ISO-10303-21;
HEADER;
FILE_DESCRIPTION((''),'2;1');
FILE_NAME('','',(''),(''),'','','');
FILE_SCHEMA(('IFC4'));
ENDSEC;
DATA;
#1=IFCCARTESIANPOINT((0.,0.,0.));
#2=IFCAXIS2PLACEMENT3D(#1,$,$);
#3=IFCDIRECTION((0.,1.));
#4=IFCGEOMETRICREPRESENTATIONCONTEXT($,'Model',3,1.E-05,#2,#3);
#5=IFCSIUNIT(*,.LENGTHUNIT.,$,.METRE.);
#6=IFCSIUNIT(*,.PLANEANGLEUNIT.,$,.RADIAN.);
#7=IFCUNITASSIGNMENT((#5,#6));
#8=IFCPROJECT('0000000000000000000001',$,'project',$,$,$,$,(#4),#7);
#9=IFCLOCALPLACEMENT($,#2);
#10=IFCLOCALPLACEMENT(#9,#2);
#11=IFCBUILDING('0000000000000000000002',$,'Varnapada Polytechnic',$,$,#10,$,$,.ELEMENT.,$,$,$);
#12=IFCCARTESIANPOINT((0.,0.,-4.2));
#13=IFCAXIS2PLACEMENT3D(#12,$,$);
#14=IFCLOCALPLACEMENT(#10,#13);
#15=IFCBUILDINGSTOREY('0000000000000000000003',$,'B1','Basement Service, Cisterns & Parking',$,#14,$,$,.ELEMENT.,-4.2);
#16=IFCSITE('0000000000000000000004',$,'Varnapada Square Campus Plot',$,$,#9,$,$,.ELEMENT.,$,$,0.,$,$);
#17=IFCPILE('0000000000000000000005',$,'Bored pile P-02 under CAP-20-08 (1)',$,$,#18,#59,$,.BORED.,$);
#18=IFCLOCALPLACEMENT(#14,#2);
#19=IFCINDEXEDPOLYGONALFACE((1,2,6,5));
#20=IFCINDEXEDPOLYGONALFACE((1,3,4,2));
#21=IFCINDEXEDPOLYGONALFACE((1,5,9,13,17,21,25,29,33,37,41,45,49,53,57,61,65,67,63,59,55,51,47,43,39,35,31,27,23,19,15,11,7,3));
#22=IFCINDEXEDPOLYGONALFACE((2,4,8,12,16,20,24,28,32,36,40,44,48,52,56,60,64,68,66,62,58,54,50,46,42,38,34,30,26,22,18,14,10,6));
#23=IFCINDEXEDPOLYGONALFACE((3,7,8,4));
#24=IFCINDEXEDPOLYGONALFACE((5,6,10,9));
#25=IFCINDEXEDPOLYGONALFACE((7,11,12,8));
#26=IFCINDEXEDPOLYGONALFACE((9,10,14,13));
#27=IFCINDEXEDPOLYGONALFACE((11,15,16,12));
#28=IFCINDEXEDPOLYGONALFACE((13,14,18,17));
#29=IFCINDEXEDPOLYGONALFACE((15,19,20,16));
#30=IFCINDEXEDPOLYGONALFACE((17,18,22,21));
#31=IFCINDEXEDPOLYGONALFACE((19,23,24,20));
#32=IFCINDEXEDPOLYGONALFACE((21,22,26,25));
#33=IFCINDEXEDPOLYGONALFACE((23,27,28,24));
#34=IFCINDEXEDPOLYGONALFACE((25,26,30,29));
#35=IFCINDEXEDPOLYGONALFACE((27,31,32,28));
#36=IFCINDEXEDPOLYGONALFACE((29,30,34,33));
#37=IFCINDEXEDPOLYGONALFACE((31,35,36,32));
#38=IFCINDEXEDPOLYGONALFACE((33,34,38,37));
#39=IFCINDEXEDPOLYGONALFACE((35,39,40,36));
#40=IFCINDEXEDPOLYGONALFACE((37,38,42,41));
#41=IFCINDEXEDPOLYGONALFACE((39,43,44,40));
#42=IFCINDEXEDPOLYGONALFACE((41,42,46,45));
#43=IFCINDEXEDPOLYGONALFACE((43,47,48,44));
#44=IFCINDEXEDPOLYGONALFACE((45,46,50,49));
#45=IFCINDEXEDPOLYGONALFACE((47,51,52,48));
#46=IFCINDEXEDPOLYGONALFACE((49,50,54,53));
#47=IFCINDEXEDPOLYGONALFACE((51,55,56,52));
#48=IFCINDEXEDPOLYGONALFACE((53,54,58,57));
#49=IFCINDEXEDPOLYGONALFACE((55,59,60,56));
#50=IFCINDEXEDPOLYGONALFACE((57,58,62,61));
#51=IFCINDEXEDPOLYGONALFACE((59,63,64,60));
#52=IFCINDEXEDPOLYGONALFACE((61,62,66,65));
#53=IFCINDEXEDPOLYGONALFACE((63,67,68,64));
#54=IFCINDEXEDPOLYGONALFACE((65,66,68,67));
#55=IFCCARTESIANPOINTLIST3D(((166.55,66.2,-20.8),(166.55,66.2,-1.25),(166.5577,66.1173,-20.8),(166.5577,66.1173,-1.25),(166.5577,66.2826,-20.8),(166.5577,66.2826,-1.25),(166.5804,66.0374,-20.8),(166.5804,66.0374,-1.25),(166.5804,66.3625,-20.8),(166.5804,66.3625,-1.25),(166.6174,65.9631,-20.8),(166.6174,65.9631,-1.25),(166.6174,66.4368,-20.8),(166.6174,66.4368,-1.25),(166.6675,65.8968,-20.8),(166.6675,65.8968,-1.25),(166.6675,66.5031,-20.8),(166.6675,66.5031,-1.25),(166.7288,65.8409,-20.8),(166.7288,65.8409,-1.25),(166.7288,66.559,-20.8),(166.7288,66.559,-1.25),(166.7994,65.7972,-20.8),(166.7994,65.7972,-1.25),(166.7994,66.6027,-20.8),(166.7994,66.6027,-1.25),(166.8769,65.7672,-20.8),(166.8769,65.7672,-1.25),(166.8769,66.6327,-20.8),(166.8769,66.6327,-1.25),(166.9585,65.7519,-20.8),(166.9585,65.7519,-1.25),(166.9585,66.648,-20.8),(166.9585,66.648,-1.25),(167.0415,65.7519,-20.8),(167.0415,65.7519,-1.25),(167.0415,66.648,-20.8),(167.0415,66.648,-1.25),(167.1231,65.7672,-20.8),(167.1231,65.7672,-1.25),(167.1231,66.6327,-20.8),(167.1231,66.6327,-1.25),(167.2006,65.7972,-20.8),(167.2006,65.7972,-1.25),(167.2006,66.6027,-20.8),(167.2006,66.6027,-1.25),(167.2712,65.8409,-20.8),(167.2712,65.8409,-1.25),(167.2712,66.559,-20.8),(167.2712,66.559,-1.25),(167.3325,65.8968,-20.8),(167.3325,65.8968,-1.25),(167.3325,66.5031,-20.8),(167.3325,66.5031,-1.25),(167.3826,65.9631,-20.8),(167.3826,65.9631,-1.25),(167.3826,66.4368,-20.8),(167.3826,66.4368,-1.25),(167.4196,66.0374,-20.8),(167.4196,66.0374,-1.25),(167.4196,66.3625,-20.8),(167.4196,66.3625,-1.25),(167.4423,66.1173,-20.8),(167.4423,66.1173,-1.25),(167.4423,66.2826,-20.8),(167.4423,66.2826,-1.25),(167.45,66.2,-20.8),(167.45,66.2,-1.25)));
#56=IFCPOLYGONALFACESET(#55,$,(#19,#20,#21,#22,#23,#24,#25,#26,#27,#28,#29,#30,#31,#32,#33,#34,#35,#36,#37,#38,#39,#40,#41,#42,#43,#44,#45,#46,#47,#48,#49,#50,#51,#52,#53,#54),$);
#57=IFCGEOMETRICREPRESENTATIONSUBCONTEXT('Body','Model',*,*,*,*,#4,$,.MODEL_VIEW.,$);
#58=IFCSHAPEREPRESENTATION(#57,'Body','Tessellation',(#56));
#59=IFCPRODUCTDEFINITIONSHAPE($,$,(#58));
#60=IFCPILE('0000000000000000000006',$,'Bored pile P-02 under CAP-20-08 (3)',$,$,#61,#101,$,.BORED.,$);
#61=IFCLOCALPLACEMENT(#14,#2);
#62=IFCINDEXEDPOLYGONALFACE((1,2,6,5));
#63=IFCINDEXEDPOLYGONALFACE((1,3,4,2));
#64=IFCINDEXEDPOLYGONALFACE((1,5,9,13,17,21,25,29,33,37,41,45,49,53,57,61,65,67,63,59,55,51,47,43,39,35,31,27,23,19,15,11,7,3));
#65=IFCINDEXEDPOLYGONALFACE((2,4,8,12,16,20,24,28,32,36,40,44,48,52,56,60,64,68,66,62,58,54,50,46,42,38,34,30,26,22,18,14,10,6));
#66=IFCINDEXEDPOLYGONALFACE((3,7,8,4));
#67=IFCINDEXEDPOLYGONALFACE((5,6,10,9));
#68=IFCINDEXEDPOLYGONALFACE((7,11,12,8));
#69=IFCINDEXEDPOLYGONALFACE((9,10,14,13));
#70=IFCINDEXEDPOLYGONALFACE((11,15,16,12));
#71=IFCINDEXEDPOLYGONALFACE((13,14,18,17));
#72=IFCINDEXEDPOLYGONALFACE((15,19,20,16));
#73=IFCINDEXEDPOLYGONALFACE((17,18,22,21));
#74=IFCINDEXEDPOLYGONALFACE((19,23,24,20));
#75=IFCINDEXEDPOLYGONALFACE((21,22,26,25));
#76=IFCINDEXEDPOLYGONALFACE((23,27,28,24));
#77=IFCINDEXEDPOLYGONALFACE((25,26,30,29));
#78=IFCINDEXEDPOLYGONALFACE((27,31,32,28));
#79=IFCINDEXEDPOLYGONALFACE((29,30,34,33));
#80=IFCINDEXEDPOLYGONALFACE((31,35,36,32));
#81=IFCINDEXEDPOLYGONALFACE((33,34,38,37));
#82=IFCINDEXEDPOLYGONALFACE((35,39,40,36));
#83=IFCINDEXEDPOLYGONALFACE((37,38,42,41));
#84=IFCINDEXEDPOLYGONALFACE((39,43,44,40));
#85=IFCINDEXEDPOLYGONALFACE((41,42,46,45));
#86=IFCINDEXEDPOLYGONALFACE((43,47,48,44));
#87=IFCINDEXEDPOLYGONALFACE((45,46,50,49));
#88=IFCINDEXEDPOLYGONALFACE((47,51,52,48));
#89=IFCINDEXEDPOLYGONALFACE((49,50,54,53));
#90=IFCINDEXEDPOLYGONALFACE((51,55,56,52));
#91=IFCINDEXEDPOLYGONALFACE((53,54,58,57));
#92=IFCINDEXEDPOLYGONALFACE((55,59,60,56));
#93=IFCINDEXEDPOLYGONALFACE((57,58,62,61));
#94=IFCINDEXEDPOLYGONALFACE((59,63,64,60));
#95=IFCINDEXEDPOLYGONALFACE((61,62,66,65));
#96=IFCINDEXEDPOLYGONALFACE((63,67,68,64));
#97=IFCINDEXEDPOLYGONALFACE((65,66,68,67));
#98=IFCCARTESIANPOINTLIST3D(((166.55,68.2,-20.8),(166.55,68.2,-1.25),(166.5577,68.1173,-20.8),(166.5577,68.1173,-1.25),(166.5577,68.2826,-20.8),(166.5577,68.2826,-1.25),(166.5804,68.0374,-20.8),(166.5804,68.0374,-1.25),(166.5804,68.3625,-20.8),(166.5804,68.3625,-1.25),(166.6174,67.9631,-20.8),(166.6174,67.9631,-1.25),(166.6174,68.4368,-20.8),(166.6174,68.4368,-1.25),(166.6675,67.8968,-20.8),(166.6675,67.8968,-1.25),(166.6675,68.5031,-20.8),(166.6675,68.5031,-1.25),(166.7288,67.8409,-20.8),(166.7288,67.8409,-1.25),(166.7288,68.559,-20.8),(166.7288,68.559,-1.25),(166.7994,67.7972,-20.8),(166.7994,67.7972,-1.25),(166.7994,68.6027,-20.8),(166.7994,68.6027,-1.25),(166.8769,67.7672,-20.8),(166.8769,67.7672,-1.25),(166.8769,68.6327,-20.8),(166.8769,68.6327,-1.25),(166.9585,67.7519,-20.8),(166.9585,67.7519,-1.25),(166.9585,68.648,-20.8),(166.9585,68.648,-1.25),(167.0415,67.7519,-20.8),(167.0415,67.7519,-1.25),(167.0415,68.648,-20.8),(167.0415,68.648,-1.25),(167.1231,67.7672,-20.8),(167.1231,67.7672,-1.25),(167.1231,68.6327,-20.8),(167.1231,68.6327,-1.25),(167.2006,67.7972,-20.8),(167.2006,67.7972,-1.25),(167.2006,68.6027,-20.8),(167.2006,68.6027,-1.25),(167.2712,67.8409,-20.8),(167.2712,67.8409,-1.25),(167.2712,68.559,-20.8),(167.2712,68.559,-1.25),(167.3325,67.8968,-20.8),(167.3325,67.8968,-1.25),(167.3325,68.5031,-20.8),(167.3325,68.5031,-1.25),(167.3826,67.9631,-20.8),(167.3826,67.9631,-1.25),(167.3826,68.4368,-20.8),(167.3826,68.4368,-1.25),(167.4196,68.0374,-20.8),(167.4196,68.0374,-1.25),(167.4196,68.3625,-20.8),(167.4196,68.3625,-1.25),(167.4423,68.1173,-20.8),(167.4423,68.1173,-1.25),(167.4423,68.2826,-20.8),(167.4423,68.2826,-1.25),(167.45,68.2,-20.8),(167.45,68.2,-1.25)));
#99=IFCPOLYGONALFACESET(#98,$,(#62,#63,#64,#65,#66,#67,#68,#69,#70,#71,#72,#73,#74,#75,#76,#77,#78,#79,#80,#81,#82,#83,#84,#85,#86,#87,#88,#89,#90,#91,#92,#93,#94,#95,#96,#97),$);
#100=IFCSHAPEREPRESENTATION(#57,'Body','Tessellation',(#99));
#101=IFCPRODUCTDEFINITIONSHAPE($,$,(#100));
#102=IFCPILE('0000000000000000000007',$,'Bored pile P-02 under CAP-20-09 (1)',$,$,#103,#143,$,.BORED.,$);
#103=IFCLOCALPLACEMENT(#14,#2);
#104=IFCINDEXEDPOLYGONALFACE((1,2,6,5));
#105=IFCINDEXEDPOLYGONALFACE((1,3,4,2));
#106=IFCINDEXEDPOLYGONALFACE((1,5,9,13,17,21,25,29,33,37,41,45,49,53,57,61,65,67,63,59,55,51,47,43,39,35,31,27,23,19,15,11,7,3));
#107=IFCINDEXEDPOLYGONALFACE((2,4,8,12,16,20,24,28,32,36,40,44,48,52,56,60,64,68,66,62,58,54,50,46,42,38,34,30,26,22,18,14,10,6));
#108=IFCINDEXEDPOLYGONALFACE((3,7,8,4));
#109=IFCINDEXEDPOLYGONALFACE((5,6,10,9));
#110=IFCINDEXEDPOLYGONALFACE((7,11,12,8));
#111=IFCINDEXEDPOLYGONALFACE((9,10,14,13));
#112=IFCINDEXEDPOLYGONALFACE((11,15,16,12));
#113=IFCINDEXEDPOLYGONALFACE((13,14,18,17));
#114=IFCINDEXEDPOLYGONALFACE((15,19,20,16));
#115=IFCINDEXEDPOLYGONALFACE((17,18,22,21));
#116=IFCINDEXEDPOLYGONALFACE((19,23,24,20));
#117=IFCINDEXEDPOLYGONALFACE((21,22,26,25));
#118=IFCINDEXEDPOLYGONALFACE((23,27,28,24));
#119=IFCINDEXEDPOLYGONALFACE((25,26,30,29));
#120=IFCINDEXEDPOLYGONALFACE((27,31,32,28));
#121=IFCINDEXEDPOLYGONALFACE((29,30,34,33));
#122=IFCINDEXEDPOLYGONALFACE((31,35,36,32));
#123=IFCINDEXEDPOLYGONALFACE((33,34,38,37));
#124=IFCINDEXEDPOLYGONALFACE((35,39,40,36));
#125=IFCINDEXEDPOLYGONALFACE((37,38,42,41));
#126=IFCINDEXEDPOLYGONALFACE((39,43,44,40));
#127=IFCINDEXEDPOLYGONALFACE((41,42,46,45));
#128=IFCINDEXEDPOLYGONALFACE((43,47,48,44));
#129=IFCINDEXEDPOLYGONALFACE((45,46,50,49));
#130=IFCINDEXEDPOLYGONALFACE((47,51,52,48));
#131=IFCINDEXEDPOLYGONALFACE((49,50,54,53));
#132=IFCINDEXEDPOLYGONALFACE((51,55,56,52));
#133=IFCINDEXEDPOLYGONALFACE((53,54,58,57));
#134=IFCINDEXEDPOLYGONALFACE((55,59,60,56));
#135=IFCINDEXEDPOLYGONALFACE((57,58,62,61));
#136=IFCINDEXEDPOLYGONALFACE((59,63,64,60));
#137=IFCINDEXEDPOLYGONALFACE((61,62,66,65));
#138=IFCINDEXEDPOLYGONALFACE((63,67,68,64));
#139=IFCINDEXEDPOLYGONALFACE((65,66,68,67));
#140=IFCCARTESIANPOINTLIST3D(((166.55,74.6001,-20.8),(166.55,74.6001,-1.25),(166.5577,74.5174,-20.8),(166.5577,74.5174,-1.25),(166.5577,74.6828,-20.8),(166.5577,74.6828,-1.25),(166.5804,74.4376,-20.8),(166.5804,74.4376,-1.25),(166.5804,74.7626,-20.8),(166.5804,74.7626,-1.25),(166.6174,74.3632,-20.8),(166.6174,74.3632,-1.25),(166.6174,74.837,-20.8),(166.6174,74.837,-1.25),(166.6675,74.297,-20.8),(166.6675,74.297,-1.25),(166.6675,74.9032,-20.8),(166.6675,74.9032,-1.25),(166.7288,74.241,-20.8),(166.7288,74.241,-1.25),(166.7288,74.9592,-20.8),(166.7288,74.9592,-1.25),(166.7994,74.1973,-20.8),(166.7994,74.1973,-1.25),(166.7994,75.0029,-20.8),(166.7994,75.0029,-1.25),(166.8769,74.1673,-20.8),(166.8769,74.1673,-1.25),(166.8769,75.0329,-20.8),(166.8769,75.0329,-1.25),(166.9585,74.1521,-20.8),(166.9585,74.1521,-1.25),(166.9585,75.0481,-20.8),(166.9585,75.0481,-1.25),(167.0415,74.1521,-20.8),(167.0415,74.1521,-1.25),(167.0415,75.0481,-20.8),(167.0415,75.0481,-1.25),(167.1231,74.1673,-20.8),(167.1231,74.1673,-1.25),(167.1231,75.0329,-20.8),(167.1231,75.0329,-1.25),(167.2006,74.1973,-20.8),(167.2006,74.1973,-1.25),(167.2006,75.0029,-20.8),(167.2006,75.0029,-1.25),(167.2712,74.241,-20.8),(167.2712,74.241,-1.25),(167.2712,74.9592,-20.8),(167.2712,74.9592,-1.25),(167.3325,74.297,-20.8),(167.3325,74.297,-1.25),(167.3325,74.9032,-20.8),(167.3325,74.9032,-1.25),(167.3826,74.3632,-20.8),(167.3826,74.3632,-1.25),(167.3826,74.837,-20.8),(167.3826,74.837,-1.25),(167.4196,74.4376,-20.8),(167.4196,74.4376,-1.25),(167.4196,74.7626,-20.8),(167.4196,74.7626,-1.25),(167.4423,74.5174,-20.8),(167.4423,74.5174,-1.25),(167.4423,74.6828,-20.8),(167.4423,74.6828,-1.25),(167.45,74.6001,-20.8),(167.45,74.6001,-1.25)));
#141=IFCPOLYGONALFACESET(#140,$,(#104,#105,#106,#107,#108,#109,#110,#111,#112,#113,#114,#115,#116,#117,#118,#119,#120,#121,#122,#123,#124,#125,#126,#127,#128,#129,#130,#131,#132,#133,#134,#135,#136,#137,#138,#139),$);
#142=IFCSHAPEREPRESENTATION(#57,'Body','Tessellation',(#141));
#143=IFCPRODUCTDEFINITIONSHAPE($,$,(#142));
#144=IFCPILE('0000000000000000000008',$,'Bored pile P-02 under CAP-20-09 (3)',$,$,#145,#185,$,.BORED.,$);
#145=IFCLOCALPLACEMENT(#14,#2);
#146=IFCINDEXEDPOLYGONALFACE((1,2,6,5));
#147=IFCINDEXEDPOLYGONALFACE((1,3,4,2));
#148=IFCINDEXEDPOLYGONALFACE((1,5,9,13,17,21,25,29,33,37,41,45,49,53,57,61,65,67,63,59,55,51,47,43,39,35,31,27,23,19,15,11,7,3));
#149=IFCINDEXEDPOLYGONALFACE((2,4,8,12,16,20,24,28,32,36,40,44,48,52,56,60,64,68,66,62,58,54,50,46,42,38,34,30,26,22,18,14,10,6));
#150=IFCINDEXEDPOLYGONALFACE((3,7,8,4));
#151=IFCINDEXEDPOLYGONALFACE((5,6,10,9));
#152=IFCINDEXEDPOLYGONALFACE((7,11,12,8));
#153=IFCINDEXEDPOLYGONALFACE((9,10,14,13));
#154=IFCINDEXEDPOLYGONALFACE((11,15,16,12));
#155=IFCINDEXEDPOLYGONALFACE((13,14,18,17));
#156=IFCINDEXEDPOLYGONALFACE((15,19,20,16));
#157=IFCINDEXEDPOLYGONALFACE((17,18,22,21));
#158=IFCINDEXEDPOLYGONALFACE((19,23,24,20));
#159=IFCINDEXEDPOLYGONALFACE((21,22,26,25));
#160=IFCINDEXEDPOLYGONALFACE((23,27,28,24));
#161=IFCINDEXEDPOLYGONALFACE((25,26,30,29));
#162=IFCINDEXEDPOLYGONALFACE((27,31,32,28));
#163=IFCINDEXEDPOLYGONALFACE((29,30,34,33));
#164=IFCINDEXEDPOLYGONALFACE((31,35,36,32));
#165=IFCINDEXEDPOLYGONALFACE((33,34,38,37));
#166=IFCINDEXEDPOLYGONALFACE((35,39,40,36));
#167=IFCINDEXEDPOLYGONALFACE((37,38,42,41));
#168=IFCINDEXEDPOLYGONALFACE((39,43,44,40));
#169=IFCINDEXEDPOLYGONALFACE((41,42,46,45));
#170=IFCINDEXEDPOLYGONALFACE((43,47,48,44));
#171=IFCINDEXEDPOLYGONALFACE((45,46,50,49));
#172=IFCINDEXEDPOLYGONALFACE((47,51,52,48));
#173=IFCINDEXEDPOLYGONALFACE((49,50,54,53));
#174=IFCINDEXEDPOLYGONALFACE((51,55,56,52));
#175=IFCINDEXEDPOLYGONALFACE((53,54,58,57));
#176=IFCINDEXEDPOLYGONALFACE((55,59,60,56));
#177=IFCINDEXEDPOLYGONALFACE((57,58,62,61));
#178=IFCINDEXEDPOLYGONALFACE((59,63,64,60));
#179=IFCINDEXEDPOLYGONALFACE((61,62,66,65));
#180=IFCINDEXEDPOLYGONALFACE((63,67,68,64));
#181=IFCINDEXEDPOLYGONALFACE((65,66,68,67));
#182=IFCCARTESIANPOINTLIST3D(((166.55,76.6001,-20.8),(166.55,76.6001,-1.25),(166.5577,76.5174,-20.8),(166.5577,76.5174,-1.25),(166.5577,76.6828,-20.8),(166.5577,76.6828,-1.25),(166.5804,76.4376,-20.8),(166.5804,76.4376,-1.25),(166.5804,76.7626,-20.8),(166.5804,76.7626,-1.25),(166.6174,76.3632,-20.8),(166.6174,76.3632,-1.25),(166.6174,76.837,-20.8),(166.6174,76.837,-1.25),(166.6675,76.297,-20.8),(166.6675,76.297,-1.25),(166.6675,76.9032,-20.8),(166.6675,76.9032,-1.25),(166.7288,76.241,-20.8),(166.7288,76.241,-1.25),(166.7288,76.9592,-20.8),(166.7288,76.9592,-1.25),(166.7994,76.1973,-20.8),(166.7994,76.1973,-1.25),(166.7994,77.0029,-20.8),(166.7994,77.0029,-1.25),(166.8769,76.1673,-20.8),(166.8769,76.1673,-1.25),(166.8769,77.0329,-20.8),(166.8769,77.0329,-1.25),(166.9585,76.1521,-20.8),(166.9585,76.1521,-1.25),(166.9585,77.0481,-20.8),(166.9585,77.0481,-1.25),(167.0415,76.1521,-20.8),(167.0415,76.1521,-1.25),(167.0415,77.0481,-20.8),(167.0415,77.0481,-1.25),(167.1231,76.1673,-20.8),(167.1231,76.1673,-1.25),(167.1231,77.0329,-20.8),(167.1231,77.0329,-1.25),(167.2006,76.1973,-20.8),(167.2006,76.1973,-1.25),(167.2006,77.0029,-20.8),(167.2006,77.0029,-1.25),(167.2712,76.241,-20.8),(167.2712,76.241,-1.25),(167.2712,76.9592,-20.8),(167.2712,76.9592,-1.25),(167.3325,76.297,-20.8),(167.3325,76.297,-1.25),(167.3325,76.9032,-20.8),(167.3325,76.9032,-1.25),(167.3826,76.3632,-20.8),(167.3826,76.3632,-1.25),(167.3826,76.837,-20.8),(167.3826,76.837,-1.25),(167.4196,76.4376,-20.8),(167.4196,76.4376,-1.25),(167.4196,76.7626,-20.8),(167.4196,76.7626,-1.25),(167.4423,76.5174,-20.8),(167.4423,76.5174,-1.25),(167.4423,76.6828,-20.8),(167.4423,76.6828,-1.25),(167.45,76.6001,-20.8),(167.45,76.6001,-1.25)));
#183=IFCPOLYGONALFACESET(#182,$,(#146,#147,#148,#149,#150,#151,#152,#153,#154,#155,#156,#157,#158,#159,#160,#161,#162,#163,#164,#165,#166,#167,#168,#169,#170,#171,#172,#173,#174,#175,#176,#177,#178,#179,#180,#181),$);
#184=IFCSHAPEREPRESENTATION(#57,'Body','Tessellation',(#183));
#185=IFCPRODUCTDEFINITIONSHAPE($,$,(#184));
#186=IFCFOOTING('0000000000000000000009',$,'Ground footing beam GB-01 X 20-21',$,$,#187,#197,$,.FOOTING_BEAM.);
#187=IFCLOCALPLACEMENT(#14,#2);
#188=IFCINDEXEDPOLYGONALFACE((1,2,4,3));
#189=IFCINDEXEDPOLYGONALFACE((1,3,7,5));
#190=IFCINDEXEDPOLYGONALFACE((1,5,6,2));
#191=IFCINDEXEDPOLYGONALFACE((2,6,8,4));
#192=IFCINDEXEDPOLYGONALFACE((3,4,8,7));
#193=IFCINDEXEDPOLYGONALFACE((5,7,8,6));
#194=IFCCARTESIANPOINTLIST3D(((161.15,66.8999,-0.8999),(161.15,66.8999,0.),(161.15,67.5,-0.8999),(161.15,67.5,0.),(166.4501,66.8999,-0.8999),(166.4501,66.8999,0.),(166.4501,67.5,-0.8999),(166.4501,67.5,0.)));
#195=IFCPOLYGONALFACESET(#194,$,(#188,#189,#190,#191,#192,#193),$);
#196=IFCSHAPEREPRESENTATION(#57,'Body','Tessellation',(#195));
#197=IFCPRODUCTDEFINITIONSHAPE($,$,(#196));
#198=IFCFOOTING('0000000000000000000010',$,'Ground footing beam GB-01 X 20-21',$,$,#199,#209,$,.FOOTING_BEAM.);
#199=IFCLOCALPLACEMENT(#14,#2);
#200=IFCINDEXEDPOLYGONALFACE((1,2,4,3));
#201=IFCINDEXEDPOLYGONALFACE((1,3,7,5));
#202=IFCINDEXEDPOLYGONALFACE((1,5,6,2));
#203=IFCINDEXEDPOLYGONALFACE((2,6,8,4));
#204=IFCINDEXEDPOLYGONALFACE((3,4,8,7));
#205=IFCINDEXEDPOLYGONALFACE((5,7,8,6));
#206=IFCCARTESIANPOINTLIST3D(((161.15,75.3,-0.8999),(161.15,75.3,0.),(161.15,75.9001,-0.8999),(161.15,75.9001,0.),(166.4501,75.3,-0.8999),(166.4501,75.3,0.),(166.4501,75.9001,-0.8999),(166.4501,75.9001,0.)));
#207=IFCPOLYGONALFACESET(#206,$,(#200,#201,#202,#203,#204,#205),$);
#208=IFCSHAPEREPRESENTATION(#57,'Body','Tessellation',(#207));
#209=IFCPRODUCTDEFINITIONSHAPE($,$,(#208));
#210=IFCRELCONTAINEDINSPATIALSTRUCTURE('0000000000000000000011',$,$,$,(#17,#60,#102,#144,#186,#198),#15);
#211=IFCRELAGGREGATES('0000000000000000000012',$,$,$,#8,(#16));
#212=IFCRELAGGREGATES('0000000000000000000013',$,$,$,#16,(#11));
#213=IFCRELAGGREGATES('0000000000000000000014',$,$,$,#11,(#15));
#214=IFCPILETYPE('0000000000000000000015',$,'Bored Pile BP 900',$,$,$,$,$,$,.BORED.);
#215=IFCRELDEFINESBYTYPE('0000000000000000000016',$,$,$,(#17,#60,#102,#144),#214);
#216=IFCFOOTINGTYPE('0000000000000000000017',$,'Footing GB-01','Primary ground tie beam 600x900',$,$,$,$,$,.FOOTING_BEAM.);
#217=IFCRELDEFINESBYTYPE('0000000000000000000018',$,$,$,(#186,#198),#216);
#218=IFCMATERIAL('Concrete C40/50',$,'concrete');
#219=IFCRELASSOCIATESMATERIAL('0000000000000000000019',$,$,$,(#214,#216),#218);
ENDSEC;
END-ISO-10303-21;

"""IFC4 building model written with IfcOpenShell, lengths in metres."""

from ifc_helpers import new_model, si_unit, direction, frame, origin, origin_2d, place, context, subcontext, project, spatial, rectangle, circle, extrude, material, material_profile, profile_set, type_object, element, save


model = new_model("IFC4")

# Units and contexts
model_context = context("Model", 3, precision=1e-05, world=origin(), true_north=direction((0.0, 1.0)))
body_context = subcontext(model_context, "Body", "Model", "MODEL_VIEW")
ifc_project = project(units=[si_unit("LENGTHUNIT", "METRE"), si_unit("PLANEANGLEUNIT", "RADIAN")], contexts=[model_context])

# Site, building, storey
site_placement = place(None, origin())
site = spatial("IfcSite", under=ifc_project, at=site_placement, Name="Varnapada Square Campus Plot", CompositionType="ELEMENT", RefElevation=0.0)
building_placement = place(site_placement, origin())
building = spatial("IfcBuilding", under=site, at=building_placement, Name="Varnapada Polytechnic", CompositionType="ELEMENT")
storey_placement = place(building_placement, frame((0.0, 0.0, -4.2)))
storey = spatial("IfcBuildingStorey", under=building, at=storey_placement, Name="B1", Description="Basement Service, Cisterns & Parking", CompositionType="ELEMENT", Elevation=-4.2)

# Piles
ifc_material_1 = material(Name="Concrete C40/50", Category="concrete")
ifc_material_profile_1 = material_profile(ifc_material_1, circle(Radius=0.45, at=origin_2d()), Name="BP 900")
ifc_profile_set_1 = profile_set([ifc_material_profile_1], Name="Concrete C40/50")
pile_type = type_object("IfcPileType", Name="Bored Pile BP 900", PredefinedType="BORED", material=ifc_profile_set_1)
for number, where, z_axis, x_axis, name in (
    (1, (167.0, 66.2, -1.25), (0.0, 0.0, -1.0), (1.0, 0.0, 0.0), "Bored pile P-02 under CAP-20-08 (1)"),
    (2, (167.0, 68.2, -1.25), (0.0, 0.0, -1.0), (1.0, 0.0, 0.0), "Bored pile P-02 under CAP-20-08 (3)"),
    (3, (167.0, 74.6001, -1.25), (0.0, 0.0, -1.0), (1.0, 0.0, 0.0), "Bored pile P-02 under CAP-20-09 (1)"),
    (4, (167.0, 76.6001, -1.25), (0.0, 0.0, -1.0), (1.0, 0.0, 0.0), "Bored pile P-02 under CAP-20-09 (3)"),
):
    element("IfcPile", number, at=place(storey_placement, frame(where, z_axis=z_axis, x_axis=x_axis)), inside=storey, type_object=pile_type, Name=name, PredefinedType="BORED", context=body_context, shape_type="SweptSolid", body=[
        extrude(circle(Radius=0.45, at=origin_2d()), origin(), (0.0, 0.0, 1.0), 19.55),
    ])

# Footings
footing_type_1 = type_object("IfcFootingType", Name="Footing GB-01", Description="Primary ground tie beam 600x900", PredefinedType="FOOTING_BEAM", material=ifc_material_1)
for number, where, z_axis, x_axis, name in (
    (5, (163.8, 67.2, -0.8999), (0.0, 0.0, 1.0), (1.0, 0.0, 0.0), "Ground footing beam GB-01 X 20-21"),
    (6, (163.8, 75.6001, -0.8999), (0.0, 0.0, 1.0), (1.0, 0.0, 0.0), "Ground footing beam GB-01 X 20-21"),
):
    element("IfcFooting", number, at=place(storey_placement, frame(where, z_axis=z_axis, x_axis=x_axis)), inside=storey, type_object=footing_type_1, Name=name, PredefinedType="FOOTING_BEAM", context=body_context, shape_type="SweptSolid", body=[
        extrude(rectangle(XDim=5.3, YDim=0.6001, at=origin_2d()), origin(), (0.0, 0.0, 1.0), 0.8999),
    ])

save(model, "model.ifc")
